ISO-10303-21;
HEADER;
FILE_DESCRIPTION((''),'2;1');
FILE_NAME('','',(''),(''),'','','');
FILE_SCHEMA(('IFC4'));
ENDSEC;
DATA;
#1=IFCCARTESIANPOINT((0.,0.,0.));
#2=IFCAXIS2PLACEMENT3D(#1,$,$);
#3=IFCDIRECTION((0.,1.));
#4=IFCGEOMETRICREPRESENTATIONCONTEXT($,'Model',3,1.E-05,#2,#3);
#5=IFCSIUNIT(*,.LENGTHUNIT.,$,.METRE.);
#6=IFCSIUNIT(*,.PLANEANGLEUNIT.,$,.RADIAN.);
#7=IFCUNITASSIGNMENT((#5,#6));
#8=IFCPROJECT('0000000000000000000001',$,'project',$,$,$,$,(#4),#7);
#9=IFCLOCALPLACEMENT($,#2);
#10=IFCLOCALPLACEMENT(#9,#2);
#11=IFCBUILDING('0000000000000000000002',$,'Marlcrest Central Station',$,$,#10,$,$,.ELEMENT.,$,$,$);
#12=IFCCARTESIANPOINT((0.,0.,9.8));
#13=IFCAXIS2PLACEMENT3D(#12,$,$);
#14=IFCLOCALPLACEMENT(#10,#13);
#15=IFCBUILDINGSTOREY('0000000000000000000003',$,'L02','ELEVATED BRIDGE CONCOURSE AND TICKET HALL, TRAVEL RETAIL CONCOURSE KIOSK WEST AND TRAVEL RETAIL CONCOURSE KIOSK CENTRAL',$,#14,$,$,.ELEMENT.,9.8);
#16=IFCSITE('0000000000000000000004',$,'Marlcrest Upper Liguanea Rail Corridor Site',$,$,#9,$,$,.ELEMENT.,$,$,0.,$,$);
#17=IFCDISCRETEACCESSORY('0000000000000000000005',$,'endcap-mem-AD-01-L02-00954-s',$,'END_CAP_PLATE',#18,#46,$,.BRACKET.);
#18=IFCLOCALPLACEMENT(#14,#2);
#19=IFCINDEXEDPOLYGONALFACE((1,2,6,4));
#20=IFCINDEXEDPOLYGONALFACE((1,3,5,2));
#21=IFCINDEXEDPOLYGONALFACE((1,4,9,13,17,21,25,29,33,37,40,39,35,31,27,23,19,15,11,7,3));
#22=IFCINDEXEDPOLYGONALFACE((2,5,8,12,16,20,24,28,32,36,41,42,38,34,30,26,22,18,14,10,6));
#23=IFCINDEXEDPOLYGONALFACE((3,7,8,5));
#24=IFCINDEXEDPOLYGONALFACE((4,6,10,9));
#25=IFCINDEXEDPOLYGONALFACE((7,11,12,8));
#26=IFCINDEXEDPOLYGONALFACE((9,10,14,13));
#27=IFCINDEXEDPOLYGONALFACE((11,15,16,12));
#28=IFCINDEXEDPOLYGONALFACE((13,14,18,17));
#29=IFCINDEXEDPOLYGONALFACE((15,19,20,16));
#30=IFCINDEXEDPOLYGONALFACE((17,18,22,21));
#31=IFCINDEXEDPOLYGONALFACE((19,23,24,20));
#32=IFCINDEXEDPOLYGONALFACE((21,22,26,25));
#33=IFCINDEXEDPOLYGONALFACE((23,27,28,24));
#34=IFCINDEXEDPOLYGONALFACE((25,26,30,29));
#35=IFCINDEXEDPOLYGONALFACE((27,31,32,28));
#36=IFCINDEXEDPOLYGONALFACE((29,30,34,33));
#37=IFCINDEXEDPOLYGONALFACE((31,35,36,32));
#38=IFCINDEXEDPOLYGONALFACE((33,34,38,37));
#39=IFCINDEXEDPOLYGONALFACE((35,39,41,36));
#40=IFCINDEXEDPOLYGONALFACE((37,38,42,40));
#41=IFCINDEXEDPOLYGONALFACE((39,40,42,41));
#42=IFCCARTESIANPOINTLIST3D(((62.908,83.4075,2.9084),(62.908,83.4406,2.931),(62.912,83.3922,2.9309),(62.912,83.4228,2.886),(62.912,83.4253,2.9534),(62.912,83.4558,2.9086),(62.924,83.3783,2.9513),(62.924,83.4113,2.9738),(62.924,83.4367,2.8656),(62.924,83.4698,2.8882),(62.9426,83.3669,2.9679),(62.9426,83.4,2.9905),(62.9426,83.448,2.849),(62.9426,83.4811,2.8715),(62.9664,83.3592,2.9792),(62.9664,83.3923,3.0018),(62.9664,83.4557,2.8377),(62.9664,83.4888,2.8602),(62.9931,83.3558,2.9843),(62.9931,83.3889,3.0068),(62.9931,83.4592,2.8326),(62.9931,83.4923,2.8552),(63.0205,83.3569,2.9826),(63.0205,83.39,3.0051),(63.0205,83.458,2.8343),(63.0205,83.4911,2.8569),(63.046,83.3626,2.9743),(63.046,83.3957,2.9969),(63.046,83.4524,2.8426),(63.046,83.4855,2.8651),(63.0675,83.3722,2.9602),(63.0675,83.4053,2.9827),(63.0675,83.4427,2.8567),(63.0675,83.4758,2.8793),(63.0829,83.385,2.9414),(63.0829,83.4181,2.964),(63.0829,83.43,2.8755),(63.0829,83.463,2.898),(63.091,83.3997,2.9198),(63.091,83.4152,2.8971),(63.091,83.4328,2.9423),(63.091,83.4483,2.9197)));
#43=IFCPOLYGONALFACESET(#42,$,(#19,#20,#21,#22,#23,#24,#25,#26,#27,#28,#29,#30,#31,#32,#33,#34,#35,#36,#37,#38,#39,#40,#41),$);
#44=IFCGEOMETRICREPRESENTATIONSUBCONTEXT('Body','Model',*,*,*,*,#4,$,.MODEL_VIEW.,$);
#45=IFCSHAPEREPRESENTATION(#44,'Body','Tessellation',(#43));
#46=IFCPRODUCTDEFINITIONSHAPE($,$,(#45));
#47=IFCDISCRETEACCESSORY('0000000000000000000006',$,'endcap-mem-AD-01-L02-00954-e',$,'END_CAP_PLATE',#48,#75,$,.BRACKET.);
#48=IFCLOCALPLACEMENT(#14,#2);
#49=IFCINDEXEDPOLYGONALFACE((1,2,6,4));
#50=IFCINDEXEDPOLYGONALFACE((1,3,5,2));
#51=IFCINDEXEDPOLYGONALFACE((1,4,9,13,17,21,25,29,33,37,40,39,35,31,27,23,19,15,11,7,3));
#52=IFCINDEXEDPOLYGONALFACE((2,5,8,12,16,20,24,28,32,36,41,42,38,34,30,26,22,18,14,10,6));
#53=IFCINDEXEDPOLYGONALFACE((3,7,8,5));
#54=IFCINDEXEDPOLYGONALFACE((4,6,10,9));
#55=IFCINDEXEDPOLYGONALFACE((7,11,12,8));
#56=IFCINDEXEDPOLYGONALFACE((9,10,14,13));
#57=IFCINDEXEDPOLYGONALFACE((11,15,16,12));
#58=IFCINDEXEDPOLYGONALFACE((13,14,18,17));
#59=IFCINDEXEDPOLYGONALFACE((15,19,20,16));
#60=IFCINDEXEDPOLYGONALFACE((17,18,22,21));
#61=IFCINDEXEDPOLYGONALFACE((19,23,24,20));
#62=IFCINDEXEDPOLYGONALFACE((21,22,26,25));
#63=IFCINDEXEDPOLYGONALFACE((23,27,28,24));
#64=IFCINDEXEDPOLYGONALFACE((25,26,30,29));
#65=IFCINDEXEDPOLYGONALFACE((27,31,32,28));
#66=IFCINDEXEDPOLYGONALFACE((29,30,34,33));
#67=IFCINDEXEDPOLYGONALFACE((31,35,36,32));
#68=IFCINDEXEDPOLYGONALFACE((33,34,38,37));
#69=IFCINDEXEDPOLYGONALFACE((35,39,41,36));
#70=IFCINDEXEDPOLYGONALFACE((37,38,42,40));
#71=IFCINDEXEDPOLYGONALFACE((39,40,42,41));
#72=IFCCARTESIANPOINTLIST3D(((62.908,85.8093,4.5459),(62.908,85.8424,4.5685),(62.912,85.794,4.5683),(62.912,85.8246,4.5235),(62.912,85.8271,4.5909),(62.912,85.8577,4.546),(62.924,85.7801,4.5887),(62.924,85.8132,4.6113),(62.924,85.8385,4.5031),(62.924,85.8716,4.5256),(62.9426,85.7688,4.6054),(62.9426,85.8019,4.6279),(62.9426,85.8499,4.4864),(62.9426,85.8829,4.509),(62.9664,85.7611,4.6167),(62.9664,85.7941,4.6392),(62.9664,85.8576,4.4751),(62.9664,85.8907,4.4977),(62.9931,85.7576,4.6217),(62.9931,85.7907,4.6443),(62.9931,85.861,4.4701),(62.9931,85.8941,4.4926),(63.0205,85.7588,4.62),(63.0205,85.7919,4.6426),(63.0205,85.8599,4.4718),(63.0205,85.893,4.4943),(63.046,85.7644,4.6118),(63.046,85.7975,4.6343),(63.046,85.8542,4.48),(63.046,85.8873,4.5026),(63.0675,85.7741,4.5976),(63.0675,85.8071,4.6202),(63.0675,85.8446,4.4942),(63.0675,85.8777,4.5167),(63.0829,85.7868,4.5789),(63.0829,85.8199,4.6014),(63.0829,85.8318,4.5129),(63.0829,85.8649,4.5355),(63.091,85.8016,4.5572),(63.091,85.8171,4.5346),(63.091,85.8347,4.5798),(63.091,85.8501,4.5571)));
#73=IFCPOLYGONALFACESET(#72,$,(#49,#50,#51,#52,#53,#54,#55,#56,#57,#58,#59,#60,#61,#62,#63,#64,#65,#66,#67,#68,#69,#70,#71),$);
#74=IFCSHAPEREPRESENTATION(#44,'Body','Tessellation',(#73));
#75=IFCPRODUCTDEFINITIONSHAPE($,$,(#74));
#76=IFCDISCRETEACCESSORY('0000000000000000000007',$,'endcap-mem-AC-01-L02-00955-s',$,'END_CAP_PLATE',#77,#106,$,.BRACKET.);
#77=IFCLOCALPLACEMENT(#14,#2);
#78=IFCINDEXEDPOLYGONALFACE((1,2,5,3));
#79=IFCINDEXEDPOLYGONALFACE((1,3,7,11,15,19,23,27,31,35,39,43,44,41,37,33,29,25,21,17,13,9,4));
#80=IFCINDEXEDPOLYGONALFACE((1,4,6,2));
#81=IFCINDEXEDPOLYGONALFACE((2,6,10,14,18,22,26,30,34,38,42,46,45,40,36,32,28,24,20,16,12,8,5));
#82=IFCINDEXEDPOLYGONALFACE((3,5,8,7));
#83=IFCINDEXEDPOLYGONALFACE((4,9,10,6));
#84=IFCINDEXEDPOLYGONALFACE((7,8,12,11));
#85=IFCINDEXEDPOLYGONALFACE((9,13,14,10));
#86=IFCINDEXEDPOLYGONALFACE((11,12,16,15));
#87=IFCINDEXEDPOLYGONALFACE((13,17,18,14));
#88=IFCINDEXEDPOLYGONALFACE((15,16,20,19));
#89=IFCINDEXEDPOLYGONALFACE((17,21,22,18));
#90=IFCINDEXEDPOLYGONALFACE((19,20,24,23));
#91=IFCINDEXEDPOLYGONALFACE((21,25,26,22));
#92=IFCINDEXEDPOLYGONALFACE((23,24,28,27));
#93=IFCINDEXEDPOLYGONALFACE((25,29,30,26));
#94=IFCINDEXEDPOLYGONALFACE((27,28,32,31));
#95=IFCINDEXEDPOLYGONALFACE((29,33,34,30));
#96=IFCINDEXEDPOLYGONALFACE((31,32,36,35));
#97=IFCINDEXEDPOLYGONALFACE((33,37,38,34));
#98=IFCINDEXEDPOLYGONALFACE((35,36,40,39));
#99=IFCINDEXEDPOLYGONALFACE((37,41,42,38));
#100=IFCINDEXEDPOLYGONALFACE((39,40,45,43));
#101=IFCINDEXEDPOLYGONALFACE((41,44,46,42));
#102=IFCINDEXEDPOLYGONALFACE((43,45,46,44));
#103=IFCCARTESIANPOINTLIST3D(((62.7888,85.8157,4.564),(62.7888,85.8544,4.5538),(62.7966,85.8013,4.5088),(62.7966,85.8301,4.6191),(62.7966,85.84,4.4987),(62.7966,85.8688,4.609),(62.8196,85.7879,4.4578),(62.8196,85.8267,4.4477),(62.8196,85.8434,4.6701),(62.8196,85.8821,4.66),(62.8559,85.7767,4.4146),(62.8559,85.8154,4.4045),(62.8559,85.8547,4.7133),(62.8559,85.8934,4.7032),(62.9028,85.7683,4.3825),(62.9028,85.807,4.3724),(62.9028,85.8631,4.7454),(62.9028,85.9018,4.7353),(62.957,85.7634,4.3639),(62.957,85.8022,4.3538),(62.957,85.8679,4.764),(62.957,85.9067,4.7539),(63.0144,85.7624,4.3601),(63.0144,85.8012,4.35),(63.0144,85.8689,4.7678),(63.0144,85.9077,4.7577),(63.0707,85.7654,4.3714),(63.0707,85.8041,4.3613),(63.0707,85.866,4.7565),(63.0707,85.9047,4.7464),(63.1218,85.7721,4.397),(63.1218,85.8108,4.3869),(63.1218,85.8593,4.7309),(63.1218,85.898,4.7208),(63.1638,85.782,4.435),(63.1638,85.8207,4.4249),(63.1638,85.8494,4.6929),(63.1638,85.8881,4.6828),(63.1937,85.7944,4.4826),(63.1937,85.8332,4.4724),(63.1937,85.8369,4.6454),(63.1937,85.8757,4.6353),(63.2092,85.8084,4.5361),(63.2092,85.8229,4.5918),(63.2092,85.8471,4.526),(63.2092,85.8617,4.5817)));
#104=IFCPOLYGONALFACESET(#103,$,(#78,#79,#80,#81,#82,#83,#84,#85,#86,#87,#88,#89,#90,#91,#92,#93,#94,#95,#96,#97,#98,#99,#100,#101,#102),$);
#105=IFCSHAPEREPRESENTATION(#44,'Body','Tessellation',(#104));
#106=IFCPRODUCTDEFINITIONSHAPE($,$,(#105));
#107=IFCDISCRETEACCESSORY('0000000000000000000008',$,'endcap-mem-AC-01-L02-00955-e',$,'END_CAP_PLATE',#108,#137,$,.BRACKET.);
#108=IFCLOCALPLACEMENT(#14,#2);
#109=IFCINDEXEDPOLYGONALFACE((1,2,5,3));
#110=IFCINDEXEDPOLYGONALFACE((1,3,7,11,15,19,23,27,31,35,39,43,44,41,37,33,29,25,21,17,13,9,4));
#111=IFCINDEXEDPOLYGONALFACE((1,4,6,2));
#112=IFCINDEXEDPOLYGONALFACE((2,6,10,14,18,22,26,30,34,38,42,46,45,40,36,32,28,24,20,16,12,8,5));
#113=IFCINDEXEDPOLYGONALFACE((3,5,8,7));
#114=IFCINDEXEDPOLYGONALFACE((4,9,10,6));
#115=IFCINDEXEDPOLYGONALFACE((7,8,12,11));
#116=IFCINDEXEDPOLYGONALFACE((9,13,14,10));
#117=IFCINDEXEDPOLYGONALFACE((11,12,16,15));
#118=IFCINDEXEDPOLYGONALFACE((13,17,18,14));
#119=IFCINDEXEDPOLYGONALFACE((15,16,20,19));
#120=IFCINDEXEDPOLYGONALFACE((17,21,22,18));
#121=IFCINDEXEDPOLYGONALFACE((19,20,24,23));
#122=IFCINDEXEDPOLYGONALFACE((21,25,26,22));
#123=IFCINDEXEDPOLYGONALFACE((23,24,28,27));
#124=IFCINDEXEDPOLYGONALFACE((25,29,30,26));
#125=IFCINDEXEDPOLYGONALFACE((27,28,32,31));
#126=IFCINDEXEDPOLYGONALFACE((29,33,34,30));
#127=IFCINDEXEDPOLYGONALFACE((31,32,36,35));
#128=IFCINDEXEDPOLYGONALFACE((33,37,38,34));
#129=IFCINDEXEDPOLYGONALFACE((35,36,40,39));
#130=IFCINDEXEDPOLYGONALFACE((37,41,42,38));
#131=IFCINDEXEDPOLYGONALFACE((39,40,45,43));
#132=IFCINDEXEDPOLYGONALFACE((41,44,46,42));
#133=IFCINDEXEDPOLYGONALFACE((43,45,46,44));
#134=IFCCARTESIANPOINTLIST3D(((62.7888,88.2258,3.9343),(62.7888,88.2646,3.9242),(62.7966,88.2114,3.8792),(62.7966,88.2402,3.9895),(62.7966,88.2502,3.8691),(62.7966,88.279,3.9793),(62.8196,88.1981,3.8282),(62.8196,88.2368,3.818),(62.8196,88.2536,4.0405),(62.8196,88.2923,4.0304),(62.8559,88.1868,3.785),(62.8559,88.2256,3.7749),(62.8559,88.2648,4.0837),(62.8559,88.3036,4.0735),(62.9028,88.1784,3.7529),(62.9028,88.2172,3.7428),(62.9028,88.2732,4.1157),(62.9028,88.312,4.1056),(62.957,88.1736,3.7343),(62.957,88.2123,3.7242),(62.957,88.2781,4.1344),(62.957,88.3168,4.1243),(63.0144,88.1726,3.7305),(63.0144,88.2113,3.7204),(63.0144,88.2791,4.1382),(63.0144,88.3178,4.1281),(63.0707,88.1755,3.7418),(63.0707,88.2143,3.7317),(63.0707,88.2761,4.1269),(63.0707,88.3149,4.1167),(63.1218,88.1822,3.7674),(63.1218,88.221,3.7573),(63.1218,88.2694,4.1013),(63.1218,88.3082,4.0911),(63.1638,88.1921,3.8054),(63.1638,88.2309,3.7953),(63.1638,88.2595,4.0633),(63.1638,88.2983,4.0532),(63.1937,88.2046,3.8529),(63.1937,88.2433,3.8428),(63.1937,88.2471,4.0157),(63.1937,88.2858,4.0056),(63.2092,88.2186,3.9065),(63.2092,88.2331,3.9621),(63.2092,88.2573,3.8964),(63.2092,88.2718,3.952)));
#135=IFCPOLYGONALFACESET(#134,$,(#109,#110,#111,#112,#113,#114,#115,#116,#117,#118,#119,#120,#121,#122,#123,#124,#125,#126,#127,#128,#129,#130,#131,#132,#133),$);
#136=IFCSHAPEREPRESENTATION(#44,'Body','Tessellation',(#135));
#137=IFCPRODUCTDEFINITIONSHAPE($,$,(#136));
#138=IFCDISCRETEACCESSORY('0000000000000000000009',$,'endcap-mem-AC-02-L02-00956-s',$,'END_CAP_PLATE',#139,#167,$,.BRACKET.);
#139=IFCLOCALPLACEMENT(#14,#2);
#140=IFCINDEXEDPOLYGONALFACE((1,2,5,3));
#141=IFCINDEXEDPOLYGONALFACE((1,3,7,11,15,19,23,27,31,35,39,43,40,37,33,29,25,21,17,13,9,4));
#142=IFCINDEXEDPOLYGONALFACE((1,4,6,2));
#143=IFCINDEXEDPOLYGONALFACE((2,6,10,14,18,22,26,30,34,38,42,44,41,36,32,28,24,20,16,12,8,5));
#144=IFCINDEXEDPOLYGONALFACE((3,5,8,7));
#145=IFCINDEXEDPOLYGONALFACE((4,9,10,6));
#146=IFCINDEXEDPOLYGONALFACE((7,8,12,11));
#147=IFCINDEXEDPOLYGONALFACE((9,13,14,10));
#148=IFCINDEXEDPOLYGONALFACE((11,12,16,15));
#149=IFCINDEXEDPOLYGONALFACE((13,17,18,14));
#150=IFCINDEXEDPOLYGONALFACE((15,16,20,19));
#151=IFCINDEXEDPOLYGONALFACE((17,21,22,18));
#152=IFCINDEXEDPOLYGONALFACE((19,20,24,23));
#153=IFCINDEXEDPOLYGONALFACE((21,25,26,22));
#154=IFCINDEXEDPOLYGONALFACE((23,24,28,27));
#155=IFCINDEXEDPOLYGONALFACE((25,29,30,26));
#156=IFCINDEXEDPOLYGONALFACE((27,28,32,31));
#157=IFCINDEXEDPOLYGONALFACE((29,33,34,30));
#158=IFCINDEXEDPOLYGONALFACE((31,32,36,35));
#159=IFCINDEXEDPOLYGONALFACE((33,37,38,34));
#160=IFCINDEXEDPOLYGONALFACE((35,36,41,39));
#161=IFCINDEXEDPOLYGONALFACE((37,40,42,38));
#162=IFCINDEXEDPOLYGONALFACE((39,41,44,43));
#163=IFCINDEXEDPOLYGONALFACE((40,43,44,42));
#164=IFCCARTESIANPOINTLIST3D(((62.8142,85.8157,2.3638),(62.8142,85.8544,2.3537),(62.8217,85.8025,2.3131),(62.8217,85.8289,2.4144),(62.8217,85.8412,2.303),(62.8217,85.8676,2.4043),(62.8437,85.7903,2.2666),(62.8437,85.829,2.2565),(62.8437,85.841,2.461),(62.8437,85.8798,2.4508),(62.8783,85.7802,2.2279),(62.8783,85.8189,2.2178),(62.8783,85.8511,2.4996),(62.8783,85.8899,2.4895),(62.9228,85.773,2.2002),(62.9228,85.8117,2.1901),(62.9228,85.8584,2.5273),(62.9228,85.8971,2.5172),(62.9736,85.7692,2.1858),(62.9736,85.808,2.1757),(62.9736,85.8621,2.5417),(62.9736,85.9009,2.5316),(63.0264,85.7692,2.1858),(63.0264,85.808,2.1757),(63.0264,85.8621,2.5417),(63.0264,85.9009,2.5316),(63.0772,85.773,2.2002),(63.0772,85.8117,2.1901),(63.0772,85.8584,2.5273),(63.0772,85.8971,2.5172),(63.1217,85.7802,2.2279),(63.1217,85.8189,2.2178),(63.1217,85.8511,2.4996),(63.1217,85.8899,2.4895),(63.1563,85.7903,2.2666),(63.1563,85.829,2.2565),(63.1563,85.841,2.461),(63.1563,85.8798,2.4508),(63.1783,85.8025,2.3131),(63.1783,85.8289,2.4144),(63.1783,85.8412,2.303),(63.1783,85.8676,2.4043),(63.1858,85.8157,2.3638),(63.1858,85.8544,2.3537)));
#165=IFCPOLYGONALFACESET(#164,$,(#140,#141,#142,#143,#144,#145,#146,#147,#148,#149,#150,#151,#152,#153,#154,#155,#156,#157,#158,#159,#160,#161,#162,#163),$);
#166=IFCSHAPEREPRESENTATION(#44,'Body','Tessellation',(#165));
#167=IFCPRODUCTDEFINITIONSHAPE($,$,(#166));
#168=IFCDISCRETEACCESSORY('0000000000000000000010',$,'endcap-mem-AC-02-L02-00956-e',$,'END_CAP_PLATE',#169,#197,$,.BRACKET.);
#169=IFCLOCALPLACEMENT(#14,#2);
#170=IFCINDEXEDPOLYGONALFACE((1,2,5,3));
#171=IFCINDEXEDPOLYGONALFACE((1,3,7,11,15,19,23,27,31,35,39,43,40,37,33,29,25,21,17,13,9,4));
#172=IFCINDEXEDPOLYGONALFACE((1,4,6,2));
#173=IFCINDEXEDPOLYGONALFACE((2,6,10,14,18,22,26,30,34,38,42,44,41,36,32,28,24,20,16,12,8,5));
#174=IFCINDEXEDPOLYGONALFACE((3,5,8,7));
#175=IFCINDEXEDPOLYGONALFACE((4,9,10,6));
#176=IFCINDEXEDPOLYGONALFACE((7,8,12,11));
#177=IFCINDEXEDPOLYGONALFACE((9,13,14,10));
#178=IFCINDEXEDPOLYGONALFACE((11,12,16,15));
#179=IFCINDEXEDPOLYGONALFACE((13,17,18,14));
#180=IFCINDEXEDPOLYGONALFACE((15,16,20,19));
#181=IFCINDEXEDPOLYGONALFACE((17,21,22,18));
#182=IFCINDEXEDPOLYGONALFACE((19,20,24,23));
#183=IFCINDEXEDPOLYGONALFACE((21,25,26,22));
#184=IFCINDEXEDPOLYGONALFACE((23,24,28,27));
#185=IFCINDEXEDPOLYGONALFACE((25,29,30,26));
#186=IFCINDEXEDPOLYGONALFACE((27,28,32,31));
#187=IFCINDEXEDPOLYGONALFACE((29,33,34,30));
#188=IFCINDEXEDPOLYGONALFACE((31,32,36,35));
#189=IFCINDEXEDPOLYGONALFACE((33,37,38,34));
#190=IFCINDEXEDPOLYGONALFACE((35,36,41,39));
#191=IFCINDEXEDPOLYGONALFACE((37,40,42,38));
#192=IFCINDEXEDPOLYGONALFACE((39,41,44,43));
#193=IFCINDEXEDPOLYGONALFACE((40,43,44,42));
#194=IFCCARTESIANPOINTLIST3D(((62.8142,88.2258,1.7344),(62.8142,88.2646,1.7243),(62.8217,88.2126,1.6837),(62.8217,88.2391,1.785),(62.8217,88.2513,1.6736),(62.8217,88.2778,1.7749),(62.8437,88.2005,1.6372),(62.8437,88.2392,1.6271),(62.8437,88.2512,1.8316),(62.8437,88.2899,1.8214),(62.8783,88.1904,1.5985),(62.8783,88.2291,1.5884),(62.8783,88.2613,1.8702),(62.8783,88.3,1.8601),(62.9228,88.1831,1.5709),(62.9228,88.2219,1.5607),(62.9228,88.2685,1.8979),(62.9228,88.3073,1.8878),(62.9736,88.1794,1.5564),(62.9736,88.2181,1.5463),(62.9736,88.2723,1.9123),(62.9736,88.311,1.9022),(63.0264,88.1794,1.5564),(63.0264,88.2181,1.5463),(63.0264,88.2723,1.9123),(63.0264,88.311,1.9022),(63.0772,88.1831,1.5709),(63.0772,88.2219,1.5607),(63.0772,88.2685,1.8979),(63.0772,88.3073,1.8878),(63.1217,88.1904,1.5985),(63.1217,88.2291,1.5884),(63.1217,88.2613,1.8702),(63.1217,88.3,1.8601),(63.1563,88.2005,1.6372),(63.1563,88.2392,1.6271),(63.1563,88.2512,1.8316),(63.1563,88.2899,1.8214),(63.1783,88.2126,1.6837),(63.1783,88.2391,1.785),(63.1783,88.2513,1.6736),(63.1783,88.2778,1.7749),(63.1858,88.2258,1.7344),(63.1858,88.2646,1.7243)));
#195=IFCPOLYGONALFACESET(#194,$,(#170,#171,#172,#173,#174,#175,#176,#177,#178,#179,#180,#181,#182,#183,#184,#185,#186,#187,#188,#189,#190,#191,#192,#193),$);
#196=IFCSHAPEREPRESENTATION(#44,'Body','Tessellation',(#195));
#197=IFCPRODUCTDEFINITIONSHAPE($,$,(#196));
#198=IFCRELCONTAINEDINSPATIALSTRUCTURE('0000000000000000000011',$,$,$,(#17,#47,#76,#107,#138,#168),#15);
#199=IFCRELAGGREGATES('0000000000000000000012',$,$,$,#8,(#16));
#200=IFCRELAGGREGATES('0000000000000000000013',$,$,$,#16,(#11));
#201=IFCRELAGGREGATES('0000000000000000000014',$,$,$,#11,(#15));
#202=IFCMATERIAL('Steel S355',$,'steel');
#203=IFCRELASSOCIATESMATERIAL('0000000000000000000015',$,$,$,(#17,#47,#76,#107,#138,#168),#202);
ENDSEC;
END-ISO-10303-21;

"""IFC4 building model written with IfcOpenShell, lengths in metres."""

from ifc_helpers import new_model, si_unit, direction, frame, origin, origin_2d, place, context, subcontext, project, spatial, circle, extrude, material, element, save


model = new_model("IFC4")

# Units and contexts
model_context = context("Model", 3, precision=1e-05, world=origin(), true_north=direction((0.0, 1.0)))
body_context = subcontext(model_context, "Body", "Model", "MODEL_VIEW")
ifc_project = project(units=[si_unit("LENGTHUNIT", "METRE"), si_unit("PLANEANGLEUNIT", "RADIAN")], contexts=[model_context])

# Site, building, storey
site_placement = place(None, origin())
site = spatial("IfcSite", under=ifc_project, at=site_placement, Name="Marlcrest Upper Liguanea Rail Corridor Site", CompositionType="ELEMENT", RefElevation=0.0)
building_placement = place(site_placement, origin())
building = spatial("IfcBuilding", under=site, at=building_placement, Name="Marlcrest Central Station", CompositionType="ELEMENT")
storey_placement = place(building_placement, frame((0.0, 0.0, 9.8)))
storey = spatial("IfcBuildingStorey", under=building, at=storey_placement, Name="L02", Description="ELEVATED BRIDGE CONCOURSE AND TICKET HALL, TRAVEL RETAIL CONCOURSE KIOSK WEST AND TRAVEL RETAIL CONCOURSE KIOSK CENTRAL", CompositionType="ELEMENT", Elevation=9.8)

# Shared definitions
ifc_material_1 = material(Name="Steel S355", Category="steel")

# Discrete accessories
for number, where, z_axis, x_axis, name in (
    (1, (63.0, 83.4075, 2.9084), (0.0, 0.826263, 0.563285), (-1.0, 0.0, 0.0), "endcap-mem-AD-01-L02-00954-s"),
    (2, (63.0, 85.8093, 4.5459), (0.0, 0.826263, 0.563285), (-1.0, 0.0, 0.0), "endcap-mem-AD-01-L02-00954-e"),
):
    element("IfcDiscreteAccessory", number, at=place(storey_placement, frame(where, z_axis=z_axis, x_axis=x_axis)), inside=storey, material=ifc_material_1, Name=name, ObjectType="END_CAP_PLATE", PredefinedType="BRACKET", context=body_context, shape_type="SweptSolid", body=[
        extrude(circle(Radius=0.092, at=origin_2d()), origin(), (0.0, 0.0, 1.0), 0.04),
    ])
for number, where, z_axis, x_axis, name in (
    (3, (63.0, 85.8157, 4.564), (0.0, 0.967539, -0.25272), (-1.0, 0.0, 0.0), "endcap-mem-AC-01-L02-00955-s"),
    (4, (63.0, 88.2258, 3.9343), (0.0, 0.967539, -0.25272), (-1.0, 0.0, 0.0), "endcap-mem-AC-01-L02-00955-e"),
):
    element("IfcDiscreteAccessory", number, at=place(storey_placement, frame(where, z_axis=z_axis, x_axis=x_axis)), inside=storey, material=ifc_material_1, Name=name, ObjectType="END_CAP_PLATE", PredefinedType="BRACKET", context=body_context, shape_type="SweptSolid", body=[
        extrude(circle(Radius=0.2112, at=origin_2d()), origin(), (0.0, 0.0, 1.0), 0.04),
    ])
for number, where, z_axis, x_axis, name in (
    (5, (63.0, 85.8157, 2.3638), (0.0, 0.967563, -0.252629), (-1.0, 0.0, 0.0), "endcap-mem-AC-02-L02-00956-s"),
    (6, (63.0, 88.2258, 1.7344), (0.0, 0.967563, -0.252629), (-1.0, 0.0, 0.0), "endcap-mem-AC-02-L02-00956-e"),
):
    element("IfcDiscreteAccessory", number, at=place(storey_placement, frame(where, z_axis=z_axis, x_axis=x_axis)), inside=storey, material=ifc_material_1, Name=name, ObjectType="END_CAP_PLATE", PredefinedType="BRACKET", context=body_context, shape_type="SweptSolid", body=[
        extrude(circle(Radius=0.1858, at=origin_2d()), origin(), (0.0, 0.0, 1.0), 0.04),
    ])

save(model, "model.ifc")
